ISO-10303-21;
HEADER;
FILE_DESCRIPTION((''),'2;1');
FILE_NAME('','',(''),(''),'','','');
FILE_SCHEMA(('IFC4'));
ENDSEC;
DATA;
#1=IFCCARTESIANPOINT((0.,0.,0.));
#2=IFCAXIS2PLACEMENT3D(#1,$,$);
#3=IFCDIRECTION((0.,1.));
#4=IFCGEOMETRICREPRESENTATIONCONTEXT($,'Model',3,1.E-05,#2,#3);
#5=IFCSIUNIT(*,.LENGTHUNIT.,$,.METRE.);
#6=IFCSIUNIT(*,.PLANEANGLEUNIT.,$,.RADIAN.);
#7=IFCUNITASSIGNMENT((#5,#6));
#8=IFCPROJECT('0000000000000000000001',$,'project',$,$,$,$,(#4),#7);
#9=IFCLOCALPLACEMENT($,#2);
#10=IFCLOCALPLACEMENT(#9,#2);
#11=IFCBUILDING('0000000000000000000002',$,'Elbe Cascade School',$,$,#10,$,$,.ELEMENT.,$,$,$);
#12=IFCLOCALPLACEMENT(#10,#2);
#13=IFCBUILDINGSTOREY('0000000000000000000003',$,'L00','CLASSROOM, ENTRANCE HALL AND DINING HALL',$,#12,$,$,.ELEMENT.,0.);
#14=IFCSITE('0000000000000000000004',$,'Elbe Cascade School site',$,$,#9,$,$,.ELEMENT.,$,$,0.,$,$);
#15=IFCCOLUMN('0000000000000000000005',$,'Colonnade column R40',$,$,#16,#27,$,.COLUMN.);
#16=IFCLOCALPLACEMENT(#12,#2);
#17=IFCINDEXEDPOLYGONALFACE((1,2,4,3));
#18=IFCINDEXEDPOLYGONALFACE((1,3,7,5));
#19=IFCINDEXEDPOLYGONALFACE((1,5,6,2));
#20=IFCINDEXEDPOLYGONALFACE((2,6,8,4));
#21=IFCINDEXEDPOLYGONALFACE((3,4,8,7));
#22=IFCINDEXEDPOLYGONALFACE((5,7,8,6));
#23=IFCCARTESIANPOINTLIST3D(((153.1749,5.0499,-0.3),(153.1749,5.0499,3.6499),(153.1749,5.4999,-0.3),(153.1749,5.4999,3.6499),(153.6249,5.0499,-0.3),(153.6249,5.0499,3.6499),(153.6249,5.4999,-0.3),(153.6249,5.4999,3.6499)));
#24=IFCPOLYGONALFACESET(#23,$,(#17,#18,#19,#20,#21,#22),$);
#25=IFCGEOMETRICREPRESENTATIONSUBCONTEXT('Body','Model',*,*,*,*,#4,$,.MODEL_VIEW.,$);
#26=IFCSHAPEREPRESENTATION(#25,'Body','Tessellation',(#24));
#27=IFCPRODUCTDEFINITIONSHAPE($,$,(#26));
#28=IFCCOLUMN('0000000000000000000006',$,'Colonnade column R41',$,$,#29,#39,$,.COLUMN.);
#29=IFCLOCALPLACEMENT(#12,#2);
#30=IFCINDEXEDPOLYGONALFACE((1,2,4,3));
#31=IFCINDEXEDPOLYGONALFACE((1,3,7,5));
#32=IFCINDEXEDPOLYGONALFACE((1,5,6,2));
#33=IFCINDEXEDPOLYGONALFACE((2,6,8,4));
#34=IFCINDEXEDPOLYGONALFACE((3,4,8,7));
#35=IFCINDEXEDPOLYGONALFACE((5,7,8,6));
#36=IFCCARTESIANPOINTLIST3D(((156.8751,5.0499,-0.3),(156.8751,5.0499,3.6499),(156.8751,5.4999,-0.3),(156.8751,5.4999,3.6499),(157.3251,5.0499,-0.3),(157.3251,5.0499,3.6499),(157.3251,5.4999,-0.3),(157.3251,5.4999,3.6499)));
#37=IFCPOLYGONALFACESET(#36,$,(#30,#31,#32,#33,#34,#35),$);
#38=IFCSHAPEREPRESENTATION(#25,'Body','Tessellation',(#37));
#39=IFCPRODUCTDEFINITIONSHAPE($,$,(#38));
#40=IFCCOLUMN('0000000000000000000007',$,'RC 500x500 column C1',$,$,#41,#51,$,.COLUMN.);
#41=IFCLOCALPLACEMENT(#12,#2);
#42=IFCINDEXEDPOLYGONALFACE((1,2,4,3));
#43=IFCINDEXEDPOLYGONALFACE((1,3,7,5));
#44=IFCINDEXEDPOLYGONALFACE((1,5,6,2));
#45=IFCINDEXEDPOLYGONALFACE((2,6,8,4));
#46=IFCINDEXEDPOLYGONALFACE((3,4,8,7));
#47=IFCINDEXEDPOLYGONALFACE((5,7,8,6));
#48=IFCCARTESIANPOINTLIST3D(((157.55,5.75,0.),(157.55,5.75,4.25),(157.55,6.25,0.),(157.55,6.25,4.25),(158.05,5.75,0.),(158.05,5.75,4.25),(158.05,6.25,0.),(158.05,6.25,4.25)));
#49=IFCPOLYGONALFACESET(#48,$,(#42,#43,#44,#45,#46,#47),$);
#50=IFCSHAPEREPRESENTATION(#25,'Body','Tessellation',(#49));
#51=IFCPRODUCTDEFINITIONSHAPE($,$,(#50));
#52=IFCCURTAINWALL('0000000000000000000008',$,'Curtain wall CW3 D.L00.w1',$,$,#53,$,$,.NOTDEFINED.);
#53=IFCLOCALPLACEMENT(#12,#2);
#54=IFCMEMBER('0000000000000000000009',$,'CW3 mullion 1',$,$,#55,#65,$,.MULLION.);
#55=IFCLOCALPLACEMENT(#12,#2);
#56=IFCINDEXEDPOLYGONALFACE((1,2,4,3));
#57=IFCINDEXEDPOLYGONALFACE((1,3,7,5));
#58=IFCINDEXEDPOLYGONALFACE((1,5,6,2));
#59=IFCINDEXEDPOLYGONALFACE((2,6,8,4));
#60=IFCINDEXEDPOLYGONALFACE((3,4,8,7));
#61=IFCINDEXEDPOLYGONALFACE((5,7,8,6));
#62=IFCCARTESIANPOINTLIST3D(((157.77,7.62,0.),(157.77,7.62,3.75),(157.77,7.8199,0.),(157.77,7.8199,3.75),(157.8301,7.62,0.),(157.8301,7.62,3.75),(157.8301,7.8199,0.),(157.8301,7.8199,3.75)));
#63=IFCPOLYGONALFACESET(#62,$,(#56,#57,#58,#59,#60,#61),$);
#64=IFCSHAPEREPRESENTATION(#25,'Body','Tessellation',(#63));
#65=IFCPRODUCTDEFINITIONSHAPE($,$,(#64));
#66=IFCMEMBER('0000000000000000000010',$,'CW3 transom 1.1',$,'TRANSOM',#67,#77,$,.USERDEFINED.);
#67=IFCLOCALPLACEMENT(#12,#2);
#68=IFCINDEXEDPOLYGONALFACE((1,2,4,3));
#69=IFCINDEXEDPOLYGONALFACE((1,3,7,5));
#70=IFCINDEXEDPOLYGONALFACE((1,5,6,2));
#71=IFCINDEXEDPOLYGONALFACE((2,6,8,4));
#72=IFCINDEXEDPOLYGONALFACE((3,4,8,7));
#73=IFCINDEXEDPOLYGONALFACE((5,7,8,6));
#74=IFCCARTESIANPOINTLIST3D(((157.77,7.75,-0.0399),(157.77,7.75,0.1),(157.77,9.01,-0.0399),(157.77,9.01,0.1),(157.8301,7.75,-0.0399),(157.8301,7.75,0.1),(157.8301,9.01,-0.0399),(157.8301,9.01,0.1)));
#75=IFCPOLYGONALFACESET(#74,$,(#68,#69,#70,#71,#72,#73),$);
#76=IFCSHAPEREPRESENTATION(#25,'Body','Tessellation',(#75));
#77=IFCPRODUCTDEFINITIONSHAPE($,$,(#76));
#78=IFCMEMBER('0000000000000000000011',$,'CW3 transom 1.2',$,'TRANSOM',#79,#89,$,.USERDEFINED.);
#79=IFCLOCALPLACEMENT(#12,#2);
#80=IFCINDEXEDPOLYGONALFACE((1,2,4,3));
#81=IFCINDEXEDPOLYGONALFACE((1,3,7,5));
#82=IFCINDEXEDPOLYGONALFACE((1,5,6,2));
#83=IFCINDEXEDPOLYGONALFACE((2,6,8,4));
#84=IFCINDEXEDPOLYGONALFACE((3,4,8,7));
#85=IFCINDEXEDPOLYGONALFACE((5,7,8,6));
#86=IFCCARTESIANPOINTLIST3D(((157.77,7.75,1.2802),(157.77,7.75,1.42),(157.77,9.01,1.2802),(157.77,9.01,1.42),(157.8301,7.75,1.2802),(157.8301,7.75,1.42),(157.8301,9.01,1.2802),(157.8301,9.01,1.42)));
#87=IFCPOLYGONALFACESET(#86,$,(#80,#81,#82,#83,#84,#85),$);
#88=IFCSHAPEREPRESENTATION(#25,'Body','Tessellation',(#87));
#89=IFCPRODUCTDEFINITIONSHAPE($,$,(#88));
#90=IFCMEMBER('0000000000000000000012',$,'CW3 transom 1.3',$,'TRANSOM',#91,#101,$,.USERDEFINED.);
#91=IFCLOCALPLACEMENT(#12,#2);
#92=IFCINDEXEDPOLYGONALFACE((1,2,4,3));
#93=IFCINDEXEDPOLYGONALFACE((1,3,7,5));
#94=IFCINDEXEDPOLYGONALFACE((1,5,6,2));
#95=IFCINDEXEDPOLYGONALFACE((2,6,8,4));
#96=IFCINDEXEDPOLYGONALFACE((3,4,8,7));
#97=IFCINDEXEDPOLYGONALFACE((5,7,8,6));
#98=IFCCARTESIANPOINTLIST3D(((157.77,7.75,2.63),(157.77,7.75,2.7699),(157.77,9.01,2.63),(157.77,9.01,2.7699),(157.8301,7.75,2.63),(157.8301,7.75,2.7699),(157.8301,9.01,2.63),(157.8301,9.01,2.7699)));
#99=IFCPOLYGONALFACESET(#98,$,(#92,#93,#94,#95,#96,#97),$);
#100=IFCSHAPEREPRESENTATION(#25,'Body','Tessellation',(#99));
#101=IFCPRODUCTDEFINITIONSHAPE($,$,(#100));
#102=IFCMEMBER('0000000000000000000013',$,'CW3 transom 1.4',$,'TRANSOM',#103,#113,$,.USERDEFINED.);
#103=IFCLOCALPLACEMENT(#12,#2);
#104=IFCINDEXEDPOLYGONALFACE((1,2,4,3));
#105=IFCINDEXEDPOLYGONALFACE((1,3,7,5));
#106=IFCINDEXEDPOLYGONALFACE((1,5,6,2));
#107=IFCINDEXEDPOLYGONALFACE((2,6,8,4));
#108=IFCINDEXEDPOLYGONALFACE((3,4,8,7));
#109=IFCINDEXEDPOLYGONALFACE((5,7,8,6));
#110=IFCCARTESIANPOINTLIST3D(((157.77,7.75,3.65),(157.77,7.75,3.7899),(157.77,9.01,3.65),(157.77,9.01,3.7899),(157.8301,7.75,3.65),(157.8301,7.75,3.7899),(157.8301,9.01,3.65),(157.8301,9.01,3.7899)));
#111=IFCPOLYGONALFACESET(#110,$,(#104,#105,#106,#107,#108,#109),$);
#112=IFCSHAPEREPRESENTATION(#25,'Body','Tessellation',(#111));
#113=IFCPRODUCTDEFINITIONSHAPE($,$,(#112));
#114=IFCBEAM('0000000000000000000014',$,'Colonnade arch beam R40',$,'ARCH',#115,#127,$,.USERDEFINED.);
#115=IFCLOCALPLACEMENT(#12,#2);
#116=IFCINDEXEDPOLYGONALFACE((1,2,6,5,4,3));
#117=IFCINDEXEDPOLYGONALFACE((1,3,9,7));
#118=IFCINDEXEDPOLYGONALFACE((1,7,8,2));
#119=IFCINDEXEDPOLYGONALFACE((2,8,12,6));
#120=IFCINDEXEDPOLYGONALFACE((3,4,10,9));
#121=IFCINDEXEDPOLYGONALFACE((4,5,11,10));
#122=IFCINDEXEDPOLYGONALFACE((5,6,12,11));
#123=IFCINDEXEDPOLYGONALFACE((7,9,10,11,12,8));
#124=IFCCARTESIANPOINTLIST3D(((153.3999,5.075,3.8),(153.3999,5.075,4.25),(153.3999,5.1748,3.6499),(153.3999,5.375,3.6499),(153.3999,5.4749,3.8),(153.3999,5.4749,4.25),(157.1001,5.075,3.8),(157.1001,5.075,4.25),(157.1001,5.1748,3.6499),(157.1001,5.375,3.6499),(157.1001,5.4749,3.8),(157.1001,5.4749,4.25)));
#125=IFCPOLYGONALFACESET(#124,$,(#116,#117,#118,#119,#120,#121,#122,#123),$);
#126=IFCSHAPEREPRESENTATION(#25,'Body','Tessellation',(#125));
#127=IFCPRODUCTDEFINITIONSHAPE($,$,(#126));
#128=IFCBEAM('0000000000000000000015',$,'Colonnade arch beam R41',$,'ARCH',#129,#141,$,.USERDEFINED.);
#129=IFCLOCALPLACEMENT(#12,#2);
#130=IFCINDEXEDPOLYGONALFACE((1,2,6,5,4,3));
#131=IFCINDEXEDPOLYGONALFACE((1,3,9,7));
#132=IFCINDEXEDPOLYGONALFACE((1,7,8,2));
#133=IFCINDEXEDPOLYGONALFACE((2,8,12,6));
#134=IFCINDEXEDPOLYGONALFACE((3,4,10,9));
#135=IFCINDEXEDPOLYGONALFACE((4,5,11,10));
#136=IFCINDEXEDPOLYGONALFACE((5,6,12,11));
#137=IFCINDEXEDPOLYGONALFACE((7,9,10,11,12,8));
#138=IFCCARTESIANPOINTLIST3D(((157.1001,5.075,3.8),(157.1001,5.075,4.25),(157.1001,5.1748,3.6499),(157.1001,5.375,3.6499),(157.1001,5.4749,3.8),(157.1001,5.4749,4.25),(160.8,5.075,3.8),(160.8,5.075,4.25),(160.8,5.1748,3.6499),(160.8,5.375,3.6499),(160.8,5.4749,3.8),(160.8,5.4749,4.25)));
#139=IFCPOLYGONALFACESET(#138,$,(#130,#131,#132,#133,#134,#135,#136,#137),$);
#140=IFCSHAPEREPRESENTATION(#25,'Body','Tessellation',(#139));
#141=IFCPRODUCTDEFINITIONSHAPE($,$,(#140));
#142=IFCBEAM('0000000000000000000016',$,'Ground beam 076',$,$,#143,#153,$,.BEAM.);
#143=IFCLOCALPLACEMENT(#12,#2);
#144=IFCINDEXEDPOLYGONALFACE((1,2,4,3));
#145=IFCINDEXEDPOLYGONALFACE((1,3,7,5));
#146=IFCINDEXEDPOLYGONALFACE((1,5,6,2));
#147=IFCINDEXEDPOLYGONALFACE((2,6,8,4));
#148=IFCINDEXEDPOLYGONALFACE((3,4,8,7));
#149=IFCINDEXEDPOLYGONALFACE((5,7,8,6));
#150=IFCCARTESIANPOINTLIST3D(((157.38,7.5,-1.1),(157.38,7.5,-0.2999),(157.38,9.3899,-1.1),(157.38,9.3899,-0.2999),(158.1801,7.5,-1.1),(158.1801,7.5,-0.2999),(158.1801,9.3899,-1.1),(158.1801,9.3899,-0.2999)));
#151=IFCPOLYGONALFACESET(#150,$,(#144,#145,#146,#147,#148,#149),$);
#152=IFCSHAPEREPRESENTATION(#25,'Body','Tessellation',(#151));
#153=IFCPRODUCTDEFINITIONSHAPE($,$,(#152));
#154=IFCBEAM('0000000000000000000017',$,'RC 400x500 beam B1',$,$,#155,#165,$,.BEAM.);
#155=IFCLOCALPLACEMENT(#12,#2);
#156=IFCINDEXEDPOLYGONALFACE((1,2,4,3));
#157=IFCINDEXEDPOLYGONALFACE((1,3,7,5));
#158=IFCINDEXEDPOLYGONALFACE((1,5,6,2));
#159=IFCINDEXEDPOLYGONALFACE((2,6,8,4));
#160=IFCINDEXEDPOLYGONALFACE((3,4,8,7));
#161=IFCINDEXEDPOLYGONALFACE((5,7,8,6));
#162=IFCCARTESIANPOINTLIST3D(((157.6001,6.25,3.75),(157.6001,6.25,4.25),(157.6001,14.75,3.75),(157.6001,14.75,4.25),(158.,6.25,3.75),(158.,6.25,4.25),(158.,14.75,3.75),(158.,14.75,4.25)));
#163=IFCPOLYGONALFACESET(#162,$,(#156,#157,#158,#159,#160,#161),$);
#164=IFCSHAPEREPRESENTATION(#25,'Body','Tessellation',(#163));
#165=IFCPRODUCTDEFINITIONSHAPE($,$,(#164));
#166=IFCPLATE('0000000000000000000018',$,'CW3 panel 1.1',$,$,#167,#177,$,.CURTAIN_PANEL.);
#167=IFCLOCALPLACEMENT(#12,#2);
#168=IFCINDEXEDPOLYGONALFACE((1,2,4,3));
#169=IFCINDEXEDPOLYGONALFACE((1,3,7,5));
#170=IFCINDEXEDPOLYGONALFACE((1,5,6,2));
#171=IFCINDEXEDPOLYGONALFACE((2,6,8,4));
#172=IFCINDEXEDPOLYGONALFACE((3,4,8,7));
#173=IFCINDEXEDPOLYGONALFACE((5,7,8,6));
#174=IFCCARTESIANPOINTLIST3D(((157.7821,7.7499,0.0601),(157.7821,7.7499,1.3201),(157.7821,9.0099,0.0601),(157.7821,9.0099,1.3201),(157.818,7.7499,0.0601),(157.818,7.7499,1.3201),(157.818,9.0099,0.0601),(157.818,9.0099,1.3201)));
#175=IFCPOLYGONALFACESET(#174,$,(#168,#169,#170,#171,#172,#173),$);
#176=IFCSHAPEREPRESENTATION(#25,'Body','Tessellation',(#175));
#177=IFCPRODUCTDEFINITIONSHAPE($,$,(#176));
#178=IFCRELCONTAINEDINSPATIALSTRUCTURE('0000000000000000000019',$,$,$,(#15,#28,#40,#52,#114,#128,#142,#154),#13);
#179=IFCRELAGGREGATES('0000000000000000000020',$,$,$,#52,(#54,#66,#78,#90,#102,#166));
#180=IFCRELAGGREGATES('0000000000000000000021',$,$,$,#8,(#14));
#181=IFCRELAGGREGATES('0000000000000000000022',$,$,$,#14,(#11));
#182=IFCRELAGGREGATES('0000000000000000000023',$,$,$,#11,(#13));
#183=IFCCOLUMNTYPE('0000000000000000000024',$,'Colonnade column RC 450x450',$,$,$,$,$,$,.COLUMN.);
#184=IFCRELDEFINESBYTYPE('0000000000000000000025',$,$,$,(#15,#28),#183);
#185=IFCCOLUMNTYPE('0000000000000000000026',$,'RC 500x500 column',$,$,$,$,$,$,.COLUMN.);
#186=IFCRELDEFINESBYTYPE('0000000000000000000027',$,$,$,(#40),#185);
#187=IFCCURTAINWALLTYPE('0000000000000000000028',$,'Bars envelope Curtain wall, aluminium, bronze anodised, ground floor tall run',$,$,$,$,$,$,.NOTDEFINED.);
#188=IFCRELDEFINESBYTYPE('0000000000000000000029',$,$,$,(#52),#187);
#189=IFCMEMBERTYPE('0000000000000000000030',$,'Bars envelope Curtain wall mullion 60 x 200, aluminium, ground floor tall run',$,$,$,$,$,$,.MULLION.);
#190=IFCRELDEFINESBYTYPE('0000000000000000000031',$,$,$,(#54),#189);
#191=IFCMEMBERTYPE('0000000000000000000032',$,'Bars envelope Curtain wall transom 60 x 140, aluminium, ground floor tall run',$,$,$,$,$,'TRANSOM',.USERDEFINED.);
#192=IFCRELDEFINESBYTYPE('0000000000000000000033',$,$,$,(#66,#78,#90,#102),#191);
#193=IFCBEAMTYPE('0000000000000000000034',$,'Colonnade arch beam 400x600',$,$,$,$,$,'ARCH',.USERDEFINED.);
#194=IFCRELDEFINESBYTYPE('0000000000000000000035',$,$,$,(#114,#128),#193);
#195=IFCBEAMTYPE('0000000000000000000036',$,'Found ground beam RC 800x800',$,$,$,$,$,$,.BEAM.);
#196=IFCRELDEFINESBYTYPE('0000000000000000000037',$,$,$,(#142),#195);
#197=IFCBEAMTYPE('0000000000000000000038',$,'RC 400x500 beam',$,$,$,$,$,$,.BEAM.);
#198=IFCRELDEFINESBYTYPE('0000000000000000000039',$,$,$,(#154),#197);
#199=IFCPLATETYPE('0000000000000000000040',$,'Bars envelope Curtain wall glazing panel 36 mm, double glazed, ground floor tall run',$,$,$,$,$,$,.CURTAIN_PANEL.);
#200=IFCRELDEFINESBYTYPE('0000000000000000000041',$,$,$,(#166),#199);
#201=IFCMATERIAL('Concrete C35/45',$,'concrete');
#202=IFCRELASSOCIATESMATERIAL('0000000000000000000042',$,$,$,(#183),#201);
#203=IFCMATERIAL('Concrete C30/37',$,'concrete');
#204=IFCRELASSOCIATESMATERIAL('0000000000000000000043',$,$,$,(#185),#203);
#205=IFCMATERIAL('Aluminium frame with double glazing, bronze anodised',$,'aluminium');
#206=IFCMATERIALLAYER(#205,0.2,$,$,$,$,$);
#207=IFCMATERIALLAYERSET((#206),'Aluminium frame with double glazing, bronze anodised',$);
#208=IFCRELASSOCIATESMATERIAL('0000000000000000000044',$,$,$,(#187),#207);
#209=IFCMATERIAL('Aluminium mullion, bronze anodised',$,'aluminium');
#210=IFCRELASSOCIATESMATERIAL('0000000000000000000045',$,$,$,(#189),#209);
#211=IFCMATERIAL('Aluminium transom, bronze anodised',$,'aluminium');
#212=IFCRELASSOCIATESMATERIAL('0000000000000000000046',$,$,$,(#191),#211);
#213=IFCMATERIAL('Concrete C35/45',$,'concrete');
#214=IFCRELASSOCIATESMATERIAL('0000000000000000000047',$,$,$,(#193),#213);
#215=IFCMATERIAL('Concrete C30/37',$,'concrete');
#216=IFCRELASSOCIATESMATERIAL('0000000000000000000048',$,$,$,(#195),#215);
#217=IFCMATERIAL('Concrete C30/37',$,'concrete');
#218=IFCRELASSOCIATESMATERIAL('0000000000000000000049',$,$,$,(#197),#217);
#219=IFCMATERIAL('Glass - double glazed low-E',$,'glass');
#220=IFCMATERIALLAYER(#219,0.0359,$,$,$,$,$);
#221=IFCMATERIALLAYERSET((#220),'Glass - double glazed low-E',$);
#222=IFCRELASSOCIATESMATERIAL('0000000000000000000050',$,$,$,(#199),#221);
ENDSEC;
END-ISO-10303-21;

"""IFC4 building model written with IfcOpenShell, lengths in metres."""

from ifc_helpers import new_model, si_unit, direction, frame, origin, origin_2d, place, context, subcontext, project, spatial, polyline, rectangle, outline, extrude, material, layer, layer_set, material_profile, profile_set, type_object, element, aggregate, save


model = new_model("IFC4")

# Units and contexts
model_context = context("Model", 3, precision=1e-05, world=origin(), true_north=direction((0.0, 1.0)))
body_context = subcontext(model_context, "Body", "Model", "MODEL_VIEW")
ifc_project = project(units=[si_unit("LENGTHUNIT", "METRE"), si_unit("PLANEANGLEUNIT", "RADIAN")], contexts=[model_context])

# Site, building, storey
site_placement = place(None, origin())
site = spatial("IfcSite", under=ifc_project, at=site_placement, Name="Elbe Cascade School site", CompositionType="ELEMENT", RefElevation=0.0)
building_placement = place(site_placement, origin())
building = spatial("IfcBuilding", under=site, at=building_placement, Name="Elbe Cascade School", CompositionType="ELEMENT")
storey_placement = place(building_placement, origin())
storey = spatial("IfcBuildingStorey", under=building, at=storey_placement, Name="L00", Description="CLASSROOM, ENTRANCE HALL AND DINING HALL", CompositionType="ELEMENT", Elevation=0.0)

# Columns
ifc_material_1 = material(Name="Concrete C35/45", Category="concrete")
ifc_material_profile_1 = material_profile(ifc_material_1, rectangle(XDim=0.45, YDim=0.45, at=origin_2d()), Name="RC 450x450")
ifc_profile_set_1 = profile_set([ifc_material_profile_1], Name="Concrete C35/45")
column_type_1 = type_object("IfcColumnType", Name="Colonnade column RC 450x450", PredefinedType="COLUMN", material=ifc_profile_set_1)
for number, where, z_axis, x_axis, name in (
    (1, (153.3999, 5.2749, -0.3), (0.0, 0.0, 1.0), (1.0, 0.0, 0.0), "Colonnade column R40"),
    (2, (157.1001, 5.2749, -0.3), (0.0, 0.0, 1.0), (1.0, 0.0, 0.0), "Colonnade column R41"),
):
    element("IfcColumn", number, at=place(storey_placement, frame(where, z_axis=z_axis, x_axis=x_axis)), inside=storey, type_object=column_type_1, Name=name, PredefinedType="COLUMN", context=body_context, shape_type="SweptSolid", body=[
        extrude(rectangle(XDim=0.45, YDim=0.45, at=origin_2d()), origin(), (0.0, 0.0, 1.0), 3.95),
    ])
ifc_material_2 = material(Name="Concrete C30/37", Category="concrete")
ifc_material_profile_2 = material_profile(ifc_material_2, rectangle(XDim=0.5, YDim=0.5, at=origin_2d()), Name="RC 500x500")
ifc_profile_set_2 = profile_set([ifc_material_profile_2], Name="Concrete C30/37")
column_type_2 = type_object("IfcColumnType", Name="RC 500x500 column", PredefinedType="COLUMN", material=ifc_profile_set_2)
column_placement = place(storey_placement, frame((157.8, 6.0, 0.0), z_axis=(0.0, 0.0, 1.0), x_axis=(1.0, 0.0, 0.0)))
element("IfcColumn", 3, at=column_placement, inside=storey, type_object=column_type_2, Name="RC 500x500 column C1", PredefinedType="COLUMN", context=body_context, shape_type="SweptSolid", body=[
    extrude(rectangle(XDim=0.5, YDim=0.5, at=origin_2d()), origin(), (0.0, 0.0, 1.0), 4.25),
])

# Curtain wall, members
ifc_material_3 = material(Name="Aluminium frame with double glazing, bronze anodised", Category="aluminium")
ifc_layer_1 = layer(ifc_material_3, 0.2)
ifc_layer_set_1 = layer_set([ifc_layer_1], Name="Aluminium frame with double glazing, bronze anodised")
curtain_wall_type = type_object("IfcCurtainWallType", Name="Bars envelope Curtain wall, aluminium, bronze anodised, ground floor tall run", PredefinedType="NOTDEFINED", material=ifc_layer_set_1)
curtain_wall_placement = place(storey_placement, origin())
curtain_wall = element("IfcCurtainWall", 4, at=curtain_wall_placement, inside=storey, type_object=curtain_wall_type, Name="Curtain wall CW3 D.L00.w1", PredefinedType="NOTDEFINED")
ifc_material_4 = material(Name="Aluminium mullion, bronze anodised", Category="aluminium")
ifc_material_profile_3 = material_profile(ifc_material_4, rectangle(XDim=0.0601, YDim=0.2, at=origin_2d()), Name="Bars envelope Curtain wall mullion 60 x 200, aluminium, ground floor tall run")
ifc_profile_set_3 = profile_set([ifc_material_profile_3], Name="Aluminium mullion, bronze anodised")
member_type_1 = type_object("IfcMemberType", Name="Bars envelope Curtain wall mullion 60 x 200, aluminium, ground floor tall run", PredefinedType="MULLION", material=ifc_profile_set_3)
member_1_placement = place(storey_placement, frame((157.8, 7.72, 0.0), z_axis=(0.0, 0.0, 1.0), x_axis=(-1.0, 0.0, 0.0)))
member_1 = element("IfcMember", 5, at=member_1_placement, type_object=member_type_1, Name="CW3 mullion 1", PredefinedType="MULLION", context=body_context, shape_type="SweptSolid", body=[
    extrude(rectangle(XDim=0.0601, YDim=0.2, at=origin_2d()), origin(), (0.0, 0.0, 1.0), 3.75),
])
ifc_material_5 = material(Name="Aluminium transom, bronze anodised", Category="aluminium")
ifc_material_profile_4 = material_profile(ifc_material_5, rectangle(XDim=0.0601, YDim=0.1399, at=origin_2d()), Name="Bars envelope Curtain wall transom 60 x 140, aluminium, ground floor tall run")
ifc_profile_set_4 = profile_set([ifc_material_profile_4], Name="Aluminium transom, bronze anodised")
member_type_2 = type_object("IfcMemberType", Name="Bars envelope Curtain wall transom 60 x 140, aluminium, ground floor tall run", ElementType="TRANSOM", PredefinedType="USERDEFINED", material=ifc_profile_set_4)
member_2_placement = place(storey_placement, frame((157.8, 7.75, 0.03), z_axis=(0.0, 1.0, 0.0), x_axis=(-1.0, 0.0, 0.0)))
member_2 = element("IfcMember", 6, at=member_2_placement, type_object=member_type_2, Name="CW3 transom 1.1", ObjectType="TRANSOM", PredefinedType="USERDEFINED", context=body_context, shape_type="SweptSolid", body=[
    extrude(rectangle(XDim=0.0601, YDim=0.1399, at=origin_2d()), origin(), (0.0, 0.0, 1.0), 1.26),
])
member_3_placement = place(storey_placement, frame((157.8, 7.75, 1.3501), z_axis=(0.0, 1.0, 0.0), x_axis=(-1.0, 0.0, 0.0)))
member_3 = element("IfcMember", 7, at=member_3_placement, type_object=member_type_2, Name="CW3 transom 1.2", ObjectType="TRANSOM", PredefinedType="USERDEFINED", context=body_context, shape_type="SweptSolid", body=[
    extrude(rectangle(XDim=0.0601, YDim=0.1399, at=origin_2d()), origin(), (0.0, 0.0, 1.0), 1.26),
])
member_4_placement = place(storey_placement, frame((157.8, 7.75, 2.7), z_axis=(0.0, 1.0, 0.0), x_axis=(-1.0, 0.0, 0.0)))
member_4 = element("IfcMember", 8, at=member_4_placement, type_object=member_type_2, Name="CW3 transom 1.3", ObjectType="TRANSOM", PredefinedType="USERDEFINED", context=body_context, shape_type="SweptSolid", body=[
    extrude(rectangle(XDim=0.0601, YDim=0.1399, at=origin_2d()), origin(), (0.0, 0.0, 1.0), 1.26),
])
member_5_placement = place(storey_placement, frame((157.8, 7.75, 3.72), z_axis=(0.0, 1.0, 0.0), x_axis=(-1.0, 0.0, 0.0)))
member_5 = element("IfcMember", 9, at=member_5_placement, type_object=member_type_2, Name="CW3 transom 1.4", ObjectType="TRANSOM", PredefinedType="USERDEFINED", context=body_context, shape_type="SweptSolid", body=[
    extrude(rectangle(XDim=0.0601, YDim=0.1399, at=origin_2d()), origin(), (0.0, 0.0, 1.0), 1.26),
])

# Beams
ifc_material_6 = material(Name="Concrete C35/45", Category="concrete")
ifc_material_profile_5 = material_profile(ifc_material_6, outline(polyline([(-0.2, 0.3), (0.2, 0.3), (0.2, -0.1499), (0.1001, -0.3), (-0.1001, -0.3), (-0.2, -0.1499), (-0.2, 0.3)])), Name="RC arch 400x600")
ifc_profile_set_5 = profile_set([ifc_material_profile_5], Name="Concrete C35/45")
beam_type_1 = type_object("IfcBeamType", Name="Colonnade arch beam 400x600", ElementType="ARCH", PredefinedType="USERDEFINED", material=ifc_profile_set_5)
beam_1_placement = place(storey_placement, frame((153.3999, 5.2749, 3.95), z_axis=(1.0, 0.0, 0.0), x_axis=(0.0, 1.0, 0.0)))
element("IfcBeam", 10, at=beam_1_placement, inside=storey, type_object=beam_type_1, Name="Colonnade arch beam R40", ObjectType="ARCH", PredefinedType="USERDEFINED", context=body_context, shape_type="SweptSolid", body=[
    extrude(outline(polyline([(-0.2, 0.3), (0.2, 0.3), (0.2, -0.1499), (0.1001, -0.3), (-0.1001, -0.3), (-0.2, -0.1499), (-0.2, 0.3)])), origin(), (0.0, 0.0, 1.0), 3.7002),
])
beam_2_placement = place(storey_placement, frame((157.1001, 5.2749, 3.95), z_axis=(1.0, 0.0, 0.0), x_axis=(0.0, 1.0, 0.0)))
element("IfcBeam", 11, at=beam_2_placement, inside=storey, type_object=beam_type_1, Name="Colonnade arch beam R41", ObjectType="ARCH", PredefinedType="USERDEFINED", context=body_context, shape_type="SweptSolid", body=[
    extrude(outline(polyline([(-0.2, 0.3), (0.2, 0.3), (0.2, -0.1499), (0.1001, -0.3), (-0.1001, -0.3), (-0.2, -0.1499), (-0.2, 0.3)])), origin(), (0.0, 0.0, 1.0), 3.7),
])
ifc_material_7 = material(Name="Concrete C30/37", Category="concrete")
ifc_material_profile_6 = material_profile(ifc_material_7, rectangle(XDim=0.8, YDim=0.8, at=origin_2d()), Name="RC 800x800")
ifc_profile_set_6 = profile_set([ifc_material_profile_6], Name="Concrete C30/37")
beam_type_2 = type_object("IfcBeamType", Name="Found ground beam RC 800x800", PredefinedType="BEAM", material=ifc_profile_set_6)
beam_3_placement = place(storey_placement, frame((157.78, 7.5, -0.7), z_axis=(0.0, 1.0, 0.0), x_axis=(-1.0, 0.0, 0.0)))
element("IfcBeam", 12, at=beam_3_placement, inside=storey, type_object=beam_type_2, Name="Ground beam 076", PredefinedType="BEAM", context=body_context, shape_type="SweptSolid", body=[
    extrude(rectangle(XDim=0.8, YDim=0.8, at=origin_2d()), origin(), (0.0, 0.0, 1.0), 1.8899),
])
ifc_material_8 = material(Name="Concrete C30/37", Category="concrete")
ifc_material_profile_7 = material_profile(ifc_material_8, rectangle(XDim=0.3999, YDim=0.5, at=origin_2d()), Name="RC 400x500")
ifc_profile_set_7 = profile_set([ifc_material_profile_7], Name="Concrete C30/37")
beam_type_3 = type_object("IfcBeamType", Name="RC 400x500 beam", PredefinedType="BEAM", material=ifc_profile_set_7)
beam_4_placement = place(storey_placement, frame((157.8, 6.25, 4.0), z_axis=(0.0, 1.0, 0.0), x_axis=(-1.0, 0.0, 0.0)))
element("IfcBeam", 13, at=beam_4_placement, inside=storey, type_object=beam_type_3, Name="RC 400x500 beam B1", PredefinedType="BEAM", context=body_context, shape_type="SweptSolid", body=[
    extrude(rectangle(XDim=0.3999, YDim=0.5, at=origin_2d()), origin(), (0.0, 0.0, 1.0), 8.5),
])

# Plate
ifc_material_9 = material(Name="Glass - double glazed low-E", Category="glass")
ifc_layer_2 = layer(ifc_material_9, 0.0359)
ifc_layer_set_2 = layer_set([ifc_layer_2], Name="Glass - double glazed low-E")
plate_type = type_object("IfcPlateType", Name="Bars envelope Curtain wall glazing panel 36 mm, double glazed, ground floor tall run", PredefinedType="CURTAIN_PANEL", material=ifc_layer_set_2)
plate_1_placement = place(storey_placement, frame((157.8, 8.3799, 0.0601), z_axis=(0.0, 0.0, 1.0), x_axis=(0.0, 1.0, 0.0)))
plate_1 = element("IfcPlate", 14, at=plate_1_placement, type_object=plate_type, Name="CW3 panel 1.1", PredefinedType="CURTAIN_PANEL", context=body_context, shape_type="SweptSolid", body=[
    extrude(rectangle(XDim=1.26, YDim=0.0359, at=origin_2d()), origin(), (0.0, 0.0, 1.0), 1.26),
])
aggregate(curtain_wall, [member_1, member_2, member_3, member_4, member_5, plate_1])

save(model, "model.ifc")
